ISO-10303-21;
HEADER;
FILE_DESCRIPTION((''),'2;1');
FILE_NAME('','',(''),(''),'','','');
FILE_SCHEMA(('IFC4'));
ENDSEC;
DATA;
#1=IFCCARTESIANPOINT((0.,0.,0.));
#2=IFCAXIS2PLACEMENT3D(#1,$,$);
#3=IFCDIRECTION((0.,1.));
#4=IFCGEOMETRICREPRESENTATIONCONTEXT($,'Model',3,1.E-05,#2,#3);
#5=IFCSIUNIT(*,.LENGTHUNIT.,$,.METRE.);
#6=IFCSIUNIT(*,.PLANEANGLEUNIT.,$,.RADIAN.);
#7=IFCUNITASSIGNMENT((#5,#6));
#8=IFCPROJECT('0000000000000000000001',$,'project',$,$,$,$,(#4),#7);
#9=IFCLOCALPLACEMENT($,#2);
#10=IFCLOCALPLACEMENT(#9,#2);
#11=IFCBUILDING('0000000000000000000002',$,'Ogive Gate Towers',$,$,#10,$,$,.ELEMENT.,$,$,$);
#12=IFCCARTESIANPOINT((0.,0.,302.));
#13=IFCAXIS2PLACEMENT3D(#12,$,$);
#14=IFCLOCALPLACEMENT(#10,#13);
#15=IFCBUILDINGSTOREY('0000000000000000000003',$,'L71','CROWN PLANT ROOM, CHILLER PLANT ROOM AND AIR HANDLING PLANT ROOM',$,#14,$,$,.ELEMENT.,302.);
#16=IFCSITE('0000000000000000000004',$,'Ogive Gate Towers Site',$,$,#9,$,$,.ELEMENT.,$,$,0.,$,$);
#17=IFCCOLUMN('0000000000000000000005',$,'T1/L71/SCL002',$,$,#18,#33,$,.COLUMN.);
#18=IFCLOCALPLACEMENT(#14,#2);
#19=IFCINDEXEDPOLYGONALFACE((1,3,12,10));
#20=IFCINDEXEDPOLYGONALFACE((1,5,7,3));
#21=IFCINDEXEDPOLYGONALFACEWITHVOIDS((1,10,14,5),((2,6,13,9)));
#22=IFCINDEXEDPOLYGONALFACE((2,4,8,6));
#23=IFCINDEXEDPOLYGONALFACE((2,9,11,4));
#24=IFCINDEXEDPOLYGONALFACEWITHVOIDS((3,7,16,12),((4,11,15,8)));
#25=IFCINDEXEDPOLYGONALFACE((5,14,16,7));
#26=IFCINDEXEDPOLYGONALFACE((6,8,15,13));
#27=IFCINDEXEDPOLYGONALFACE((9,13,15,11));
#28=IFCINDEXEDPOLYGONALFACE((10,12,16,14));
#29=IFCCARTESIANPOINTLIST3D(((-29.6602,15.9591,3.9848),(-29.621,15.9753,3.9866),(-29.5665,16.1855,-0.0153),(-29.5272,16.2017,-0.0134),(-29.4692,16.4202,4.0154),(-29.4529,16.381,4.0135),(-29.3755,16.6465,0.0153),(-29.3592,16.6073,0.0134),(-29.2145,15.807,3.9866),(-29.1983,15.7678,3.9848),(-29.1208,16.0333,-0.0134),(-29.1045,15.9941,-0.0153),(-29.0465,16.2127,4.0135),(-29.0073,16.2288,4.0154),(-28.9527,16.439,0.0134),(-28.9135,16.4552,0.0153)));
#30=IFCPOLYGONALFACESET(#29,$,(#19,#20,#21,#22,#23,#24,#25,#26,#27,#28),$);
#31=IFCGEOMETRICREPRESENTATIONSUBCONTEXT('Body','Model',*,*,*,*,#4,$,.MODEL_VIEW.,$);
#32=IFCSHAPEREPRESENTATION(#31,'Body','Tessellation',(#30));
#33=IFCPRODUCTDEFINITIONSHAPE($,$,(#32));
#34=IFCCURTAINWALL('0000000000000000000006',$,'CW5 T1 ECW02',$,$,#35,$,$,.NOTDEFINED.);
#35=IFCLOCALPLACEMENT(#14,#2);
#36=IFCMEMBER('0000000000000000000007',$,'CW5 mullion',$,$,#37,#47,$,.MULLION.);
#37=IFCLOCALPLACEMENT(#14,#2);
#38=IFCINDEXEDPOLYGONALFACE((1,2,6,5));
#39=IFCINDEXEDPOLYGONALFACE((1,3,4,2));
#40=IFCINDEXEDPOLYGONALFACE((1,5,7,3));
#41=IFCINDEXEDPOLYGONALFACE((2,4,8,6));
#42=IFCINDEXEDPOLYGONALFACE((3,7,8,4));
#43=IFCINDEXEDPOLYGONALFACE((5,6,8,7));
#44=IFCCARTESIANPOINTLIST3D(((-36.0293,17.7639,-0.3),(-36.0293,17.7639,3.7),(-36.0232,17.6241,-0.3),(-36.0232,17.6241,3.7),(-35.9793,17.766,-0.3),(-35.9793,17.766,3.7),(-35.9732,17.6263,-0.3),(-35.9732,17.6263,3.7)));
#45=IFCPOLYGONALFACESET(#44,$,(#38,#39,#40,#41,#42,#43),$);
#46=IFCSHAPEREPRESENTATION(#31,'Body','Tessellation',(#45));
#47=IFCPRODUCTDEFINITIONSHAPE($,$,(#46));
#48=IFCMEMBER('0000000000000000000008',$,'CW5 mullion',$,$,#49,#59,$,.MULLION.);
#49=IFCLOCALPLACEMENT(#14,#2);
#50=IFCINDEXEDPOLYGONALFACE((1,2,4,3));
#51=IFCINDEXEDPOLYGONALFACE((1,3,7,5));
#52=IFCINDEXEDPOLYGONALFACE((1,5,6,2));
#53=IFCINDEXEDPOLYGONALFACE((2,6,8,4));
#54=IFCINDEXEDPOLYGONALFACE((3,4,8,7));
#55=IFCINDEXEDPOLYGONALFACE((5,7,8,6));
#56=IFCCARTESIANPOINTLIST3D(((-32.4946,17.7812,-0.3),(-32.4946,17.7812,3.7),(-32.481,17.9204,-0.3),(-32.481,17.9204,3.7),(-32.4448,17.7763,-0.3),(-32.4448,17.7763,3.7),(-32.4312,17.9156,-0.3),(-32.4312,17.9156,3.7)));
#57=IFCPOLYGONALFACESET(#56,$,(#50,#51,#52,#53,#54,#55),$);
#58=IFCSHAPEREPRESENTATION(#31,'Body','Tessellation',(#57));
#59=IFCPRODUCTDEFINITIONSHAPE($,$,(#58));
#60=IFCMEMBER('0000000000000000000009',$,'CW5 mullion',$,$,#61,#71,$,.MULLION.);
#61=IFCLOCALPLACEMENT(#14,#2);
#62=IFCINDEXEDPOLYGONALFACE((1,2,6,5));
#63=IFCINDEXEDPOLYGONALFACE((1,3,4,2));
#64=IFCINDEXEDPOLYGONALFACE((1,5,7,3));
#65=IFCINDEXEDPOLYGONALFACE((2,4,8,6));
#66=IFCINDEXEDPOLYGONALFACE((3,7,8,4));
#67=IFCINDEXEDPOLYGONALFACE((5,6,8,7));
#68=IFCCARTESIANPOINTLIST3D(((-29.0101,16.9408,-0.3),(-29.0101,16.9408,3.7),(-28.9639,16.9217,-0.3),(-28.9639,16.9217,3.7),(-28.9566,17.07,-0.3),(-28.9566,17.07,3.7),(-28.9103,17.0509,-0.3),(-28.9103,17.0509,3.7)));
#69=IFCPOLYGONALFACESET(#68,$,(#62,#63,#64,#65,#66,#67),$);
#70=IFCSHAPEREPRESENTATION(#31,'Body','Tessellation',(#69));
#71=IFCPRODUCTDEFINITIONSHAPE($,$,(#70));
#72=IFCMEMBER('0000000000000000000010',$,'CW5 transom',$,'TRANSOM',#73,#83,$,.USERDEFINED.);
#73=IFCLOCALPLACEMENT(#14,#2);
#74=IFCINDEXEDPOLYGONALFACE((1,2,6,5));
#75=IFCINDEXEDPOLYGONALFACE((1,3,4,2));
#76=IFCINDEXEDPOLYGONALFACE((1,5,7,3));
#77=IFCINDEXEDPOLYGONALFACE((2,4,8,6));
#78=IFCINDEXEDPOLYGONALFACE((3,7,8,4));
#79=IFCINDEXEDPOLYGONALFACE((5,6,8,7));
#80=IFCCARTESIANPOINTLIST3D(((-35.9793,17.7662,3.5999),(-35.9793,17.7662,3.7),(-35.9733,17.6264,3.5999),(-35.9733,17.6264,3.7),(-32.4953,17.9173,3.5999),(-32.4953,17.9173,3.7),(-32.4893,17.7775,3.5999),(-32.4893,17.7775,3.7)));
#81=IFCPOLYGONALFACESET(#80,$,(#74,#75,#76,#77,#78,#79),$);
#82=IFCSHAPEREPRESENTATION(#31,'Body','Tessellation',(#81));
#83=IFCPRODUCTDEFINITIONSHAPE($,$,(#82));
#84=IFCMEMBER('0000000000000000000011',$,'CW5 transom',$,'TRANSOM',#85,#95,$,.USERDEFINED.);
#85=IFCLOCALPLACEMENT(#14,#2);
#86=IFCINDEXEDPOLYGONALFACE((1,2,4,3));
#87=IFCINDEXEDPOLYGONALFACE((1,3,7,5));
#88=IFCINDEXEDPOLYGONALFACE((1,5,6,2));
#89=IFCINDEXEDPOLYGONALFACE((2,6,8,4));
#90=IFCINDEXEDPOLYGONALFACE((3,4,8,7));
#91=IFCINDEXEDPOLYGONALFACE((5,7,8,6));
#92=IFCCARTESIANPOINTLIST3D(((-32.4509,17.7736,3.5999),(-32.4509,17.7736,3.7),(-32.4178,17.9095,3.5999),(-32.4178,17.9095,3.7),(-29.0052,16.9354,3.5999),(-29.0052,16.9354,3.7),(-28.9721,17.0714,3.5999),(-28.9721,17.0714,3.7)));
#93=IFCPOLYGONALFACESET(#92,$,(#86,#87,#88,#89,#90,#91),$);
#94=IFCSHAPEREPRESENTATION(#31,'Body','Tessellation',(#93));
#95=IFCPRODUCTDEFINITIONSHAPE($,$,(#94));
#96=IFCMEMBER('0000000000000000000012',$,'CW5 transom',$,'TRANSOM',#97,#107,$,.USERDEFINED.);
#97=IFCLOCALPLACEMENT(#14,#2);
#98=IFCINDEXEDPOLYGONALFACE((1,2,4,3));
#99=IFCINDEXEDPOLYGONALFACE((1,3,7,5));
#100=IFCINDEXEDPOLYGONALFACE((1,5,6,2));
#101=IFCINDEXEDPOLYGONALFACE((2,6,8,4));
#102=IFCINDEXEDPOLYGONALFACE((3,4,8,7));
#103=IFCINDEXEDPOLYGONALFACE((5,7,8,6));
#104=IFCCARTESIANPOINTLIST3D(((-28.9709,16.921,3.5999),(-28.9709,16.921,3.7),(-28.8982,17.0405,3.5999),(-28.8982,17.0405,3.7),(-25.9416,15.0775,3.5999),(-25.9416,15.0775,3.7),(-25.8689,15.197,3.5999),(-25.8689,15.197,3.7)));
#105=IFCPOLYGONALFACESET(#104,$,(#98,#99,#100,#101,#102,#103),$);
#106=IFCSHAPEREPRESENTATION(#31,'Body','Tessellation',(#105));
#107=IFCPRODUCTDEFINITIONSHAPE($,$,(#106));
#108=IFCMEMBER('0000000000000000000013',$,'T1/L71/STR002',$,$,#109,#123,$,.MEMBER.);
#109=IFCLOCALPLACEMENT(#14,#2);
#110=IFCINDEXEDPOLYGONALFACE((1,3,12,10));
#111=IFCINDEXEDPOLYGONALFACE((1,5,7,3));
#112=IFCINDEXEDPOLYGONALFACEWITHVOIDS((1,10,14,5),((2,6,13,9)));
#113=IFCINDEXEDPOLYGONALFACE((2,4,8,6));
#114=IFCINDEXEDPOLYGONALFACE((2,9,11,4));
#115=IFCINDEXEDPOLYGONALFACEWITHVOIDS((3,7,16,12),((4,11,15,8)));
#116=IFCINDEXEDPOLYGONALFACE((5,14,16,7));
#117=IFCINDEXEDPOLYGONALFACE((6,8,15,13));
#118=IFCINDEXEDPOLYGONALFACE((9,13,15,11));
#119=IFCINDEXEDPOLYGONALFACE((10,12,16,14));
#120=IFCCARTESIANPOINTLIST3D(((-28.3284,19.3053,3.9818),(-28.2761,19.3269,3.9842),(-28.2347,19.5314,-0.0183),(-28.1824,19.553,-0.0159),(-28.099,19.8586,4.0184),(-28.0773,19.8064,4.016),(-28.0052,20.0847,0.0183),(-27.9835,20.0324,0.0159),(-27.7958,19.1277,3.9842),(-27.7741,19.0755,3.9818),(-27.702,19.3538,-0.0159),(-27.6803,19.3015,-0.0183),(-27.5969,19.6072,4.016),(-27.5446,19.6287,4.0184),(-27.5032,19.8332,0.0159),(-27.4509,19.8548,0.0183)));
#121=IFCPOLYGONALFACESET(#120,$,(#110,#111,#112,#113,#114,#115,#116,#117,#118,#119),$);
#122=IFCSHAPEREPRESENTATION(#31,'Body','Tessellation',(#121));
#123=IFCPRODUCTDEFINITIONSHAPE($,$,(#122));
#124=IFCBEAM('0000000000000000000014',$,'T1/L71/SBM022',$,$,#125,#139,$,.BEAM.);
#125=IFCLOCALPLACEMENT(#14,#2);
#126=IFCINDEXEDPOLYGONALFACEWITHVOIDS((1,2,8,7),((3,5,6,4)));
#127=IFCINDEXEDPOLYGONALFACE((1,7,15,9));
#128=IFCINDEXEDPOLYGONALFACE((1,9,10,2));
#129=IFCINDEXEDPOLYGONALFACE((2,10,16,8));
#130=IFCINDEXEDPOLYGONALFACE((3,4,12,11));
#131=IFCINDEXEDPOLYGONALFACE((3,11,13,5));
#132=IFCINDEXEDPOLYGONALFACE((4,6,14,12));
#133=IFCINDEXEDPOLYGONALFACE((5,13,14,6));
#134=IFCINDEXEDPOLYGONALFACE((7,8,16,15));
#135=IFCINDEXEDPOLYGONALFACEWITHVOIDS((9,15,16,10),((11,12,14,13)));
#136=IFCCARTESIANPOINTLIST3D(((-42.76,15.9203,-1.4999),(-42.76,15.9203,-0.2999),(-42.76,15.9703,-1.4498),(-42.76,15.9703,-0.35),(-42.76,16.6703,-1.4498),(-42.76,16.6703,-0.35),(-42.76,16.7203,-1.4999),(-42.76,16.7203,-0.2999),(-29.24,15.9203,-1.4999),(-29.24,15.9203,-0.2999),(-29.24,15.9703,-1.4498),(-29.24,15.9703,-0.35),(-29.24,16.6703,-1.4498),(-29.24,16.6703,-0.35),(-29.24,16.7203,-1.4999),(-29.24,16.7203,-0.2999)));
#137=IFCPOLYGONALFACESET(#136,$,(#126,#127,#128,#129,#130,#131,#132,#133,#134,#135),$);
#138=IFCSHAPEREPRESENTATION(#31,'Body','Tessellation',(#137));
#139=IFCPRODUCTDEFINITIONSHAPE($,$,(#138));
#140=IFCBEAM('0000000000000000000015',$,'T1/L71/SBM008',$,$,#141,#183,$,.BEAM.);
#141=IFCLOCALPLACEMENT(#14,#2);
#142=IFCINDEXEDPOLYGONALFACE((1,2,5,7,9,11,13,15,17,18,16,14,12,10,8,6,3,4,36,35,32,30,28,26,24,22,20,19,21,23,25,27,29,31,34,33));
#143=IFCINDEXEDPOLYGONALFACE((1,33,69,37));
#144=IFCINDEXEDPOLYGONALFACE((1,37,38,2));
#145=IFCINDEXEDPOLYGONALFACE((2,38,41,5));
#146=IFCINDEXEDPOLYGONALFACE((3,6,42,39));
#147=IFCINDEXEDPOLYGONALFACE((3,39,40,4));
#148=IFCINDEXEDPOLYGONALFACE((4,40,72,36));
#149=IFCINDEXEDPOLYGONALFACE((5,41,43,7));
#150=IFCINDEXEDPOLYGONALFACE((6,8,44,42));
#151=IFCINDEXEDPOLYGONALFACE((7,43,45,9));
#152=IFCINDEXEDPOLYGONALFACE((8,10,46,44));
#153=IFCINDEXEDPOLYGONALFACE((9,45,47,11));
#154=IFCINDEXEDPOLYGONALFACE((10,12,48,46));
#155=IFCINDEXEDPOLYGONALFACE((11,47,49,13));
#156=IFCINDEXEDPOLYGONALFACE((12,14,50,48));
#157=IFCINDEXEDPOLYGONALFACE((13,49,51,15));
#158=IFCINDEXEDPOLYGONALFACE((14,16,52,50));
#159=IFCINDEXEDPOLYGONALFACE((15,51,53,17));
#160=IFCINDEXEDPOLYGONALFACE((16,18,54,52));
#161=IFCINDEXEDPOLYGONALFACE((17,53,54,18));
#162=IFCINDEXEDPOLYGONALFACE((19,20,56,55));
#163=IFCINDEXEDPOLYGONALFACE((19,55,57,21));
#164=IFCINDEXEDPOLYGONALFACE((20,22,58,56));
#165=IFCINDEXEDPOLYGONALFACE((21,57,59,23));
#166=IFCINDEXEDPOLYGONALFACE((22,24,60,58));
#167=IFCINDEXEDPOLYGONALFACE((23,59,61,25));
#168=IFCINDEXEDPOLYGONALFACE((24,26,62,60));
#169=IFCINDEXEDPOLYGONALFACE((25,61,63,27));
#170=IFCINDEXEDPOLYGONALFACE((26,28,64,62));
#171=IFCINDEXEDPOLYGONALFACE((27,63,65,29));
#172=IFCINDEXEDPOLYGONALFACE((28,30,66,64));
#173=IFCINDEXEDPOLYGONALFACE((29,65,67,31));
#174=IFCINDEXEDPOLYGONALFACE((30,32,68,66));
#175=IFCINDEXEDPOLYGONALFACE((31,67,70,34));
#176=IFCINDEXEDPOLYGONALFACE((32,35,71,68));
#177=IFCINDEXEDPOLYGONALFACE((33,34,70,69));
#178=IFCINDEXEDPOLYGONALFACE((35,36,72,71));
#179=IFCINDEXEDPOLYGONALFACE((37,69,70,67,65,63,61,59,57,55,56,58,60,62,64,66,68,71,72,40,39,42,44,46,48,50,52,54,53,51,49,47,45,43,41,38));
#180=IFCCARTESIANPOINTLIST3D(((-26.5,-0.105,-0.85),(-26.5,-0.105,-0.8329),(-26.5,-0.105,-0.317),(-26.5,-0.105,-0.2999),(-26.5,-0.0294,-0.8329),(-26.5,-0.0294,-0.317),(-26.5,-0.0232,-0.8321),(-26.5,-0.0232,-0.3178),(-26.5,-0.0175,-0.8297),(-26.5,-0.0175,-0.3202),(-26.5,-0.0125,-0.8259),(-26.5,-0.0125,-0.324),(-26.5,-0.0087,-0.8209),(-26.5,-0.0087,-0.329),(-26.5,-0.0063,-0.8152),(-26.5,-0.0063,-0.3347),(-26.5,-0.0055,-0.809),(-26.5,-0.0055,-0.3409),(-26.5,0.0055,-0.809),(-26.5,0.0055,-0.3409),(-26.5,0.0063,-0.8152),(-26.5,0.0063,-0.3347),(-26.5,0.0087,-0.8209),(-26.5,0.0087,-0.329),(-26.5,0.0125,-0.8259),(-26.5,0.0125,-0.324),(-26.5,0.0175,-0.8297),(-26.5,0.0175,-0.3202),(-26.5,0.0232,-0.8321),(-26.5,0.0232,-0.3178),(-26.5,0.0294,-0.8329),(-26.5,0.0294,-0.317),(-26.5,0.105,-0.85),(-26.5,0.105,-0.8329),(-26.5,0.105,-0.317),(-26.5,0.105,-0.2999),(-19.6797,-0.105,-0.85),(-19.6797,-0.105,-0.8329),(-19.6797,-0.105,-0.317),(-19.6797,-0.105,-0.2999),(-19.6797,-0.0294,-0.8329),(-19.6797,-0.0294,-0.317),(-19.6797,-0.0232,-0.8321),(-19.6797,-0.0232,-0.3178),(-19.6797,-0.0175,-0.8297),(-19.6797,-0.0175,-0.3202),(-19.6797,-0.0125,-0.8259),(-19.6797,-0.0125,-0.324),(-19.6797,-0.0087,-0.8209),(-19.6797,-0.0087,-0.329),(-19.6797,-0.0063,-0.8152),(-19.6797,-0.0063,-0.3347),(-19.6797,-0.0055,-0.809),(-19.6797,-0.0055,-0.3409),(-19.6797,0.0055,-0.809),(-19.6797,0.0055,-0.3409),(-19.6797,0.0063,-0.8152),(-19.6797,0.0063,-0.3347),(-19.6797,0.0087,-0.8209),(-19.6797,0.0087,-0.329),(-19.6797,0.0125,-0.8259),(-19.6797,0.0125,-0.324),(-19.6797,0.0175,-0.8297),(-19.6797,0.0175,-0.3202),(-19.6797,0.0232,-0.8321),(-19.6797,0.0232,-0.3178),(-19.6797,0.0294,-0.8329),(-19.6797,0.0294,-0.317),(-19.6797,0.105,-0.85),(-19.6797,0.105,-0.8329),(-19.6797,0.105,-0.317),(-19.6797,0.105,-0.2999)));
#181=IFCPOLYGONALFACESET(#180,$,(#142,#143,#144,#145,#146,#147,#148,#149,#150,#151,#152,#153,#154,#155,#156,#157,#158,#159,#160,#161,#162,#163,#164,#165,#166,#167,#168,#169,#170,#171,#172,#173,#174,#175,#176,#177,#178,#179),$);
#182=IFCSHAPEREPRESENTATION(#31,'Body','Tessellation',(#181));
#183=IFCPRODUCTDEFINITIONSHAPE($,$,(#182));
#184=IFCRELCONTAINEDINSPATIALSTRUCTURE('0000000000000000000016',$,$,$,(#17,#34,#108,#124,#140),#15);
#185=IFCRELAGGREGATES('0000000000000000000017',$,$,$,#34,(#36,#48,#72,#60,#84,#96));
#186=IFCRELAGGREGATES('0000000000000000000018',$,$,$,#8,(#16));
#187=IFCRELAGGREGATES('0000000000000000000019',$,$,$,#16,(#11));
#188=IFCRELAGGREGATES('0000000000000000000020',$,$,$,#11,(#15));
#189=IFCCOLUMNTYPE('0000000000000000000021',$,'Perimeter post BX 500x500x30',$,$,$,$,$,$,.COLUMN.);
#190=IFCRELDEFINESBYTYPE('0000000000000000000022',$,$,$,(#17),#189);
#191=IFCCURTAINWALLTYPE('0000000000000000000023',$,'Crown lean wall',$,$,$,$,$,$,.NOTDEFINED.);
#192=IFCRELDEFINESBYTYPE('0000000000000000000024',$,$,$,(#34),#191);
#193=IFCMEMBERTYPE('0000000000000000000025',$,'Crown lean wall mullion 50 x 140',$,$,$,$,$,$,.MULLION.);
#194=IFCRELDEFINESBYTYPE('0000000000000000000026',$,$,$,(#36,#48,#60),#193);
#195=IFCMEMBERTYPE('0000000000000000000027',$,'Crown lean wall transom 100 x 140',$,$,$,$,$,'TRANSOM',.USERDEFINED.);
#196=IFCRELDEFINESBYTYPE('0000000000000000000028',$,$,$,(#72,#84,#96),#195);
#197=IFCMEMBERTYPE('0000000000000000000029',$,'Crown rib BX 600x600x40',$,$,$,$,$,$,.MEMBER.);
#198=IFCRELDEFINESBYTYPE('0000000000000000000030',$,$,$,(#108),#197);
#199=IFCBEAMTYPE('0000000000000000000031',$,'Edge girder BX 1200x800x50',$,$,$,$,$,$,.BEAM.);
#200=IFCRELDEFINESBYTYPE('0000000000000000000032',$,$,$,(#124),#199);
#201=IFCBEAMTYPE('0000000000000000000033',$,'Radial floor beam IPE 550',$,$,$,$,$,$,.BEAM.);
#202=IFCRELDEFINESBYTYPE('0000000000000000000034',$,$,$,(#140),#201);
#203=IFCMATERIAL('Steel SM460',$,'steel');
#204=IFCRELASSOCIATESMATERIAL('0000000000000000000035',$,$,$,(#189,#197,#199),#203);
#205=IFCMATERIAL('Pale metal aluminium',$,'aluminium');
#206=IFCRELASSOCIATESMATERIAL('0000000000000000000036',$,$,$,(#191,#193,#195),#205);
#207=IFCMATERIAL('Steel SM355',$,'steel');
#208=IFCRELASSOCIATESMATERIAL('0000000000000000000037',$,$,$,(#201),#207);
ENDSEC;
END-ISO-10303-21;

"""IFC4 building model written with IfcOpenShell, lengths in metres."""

from ifc_helpers import new_model, si_unit, direction, frame, origin, origin_2d, place, context, subcontext, project, spatial, rectangle, hollow_rectangle, i_section, extrude, material, material_profile, profile_set, type_object, element, aggregate, save


model = new_model("IFC4")

# Units and contexts
model_context = context("Model", 3, precision=1e-05, world=origin(), true_north=direction((0.0, 1.0)))
body_context = subcontext(model_context, "Body", "Model", "MODEL_VIEW")
ifc_project = project(units=[si_unit("LENGTHUNIT", "METRE"), si_unit("PLANEANGLEUNIT", "RADIAN")], contexts=[model_context])

# Site, building, storey
site_placement = place(None, origin())
site = spatial("IfcSite", under=ifc_project, at=site_placement, Name="Ogive Gate Towers Site", CompositionType="ELEMENT", RefElevation=0.0)
building_placement = place(site_placement, origin())
building = spatial("IfcBuilding", under=site, at=building_placement, Name="Ogive Gate Towers", CompositionType="ELEMENT")
storey_placement = place(building_placement, frame((0.0, 0.0, 302.0)))
storey = spatial("IfcBuildingStorey", under=building, at=storey_placement, Name="L71", Description="CROWN PLANT ROOM, CHILLER PLANT ROOM AND AIR HANDLING PLANT ROOM", CompositionType="ELEMENT", Elevation=302.0)

# Column
ifc_material_1 = material(Name="Steel SM460", Category="steel")
ifc_material_profile_1 = material_profile(ifc_material_1, hollow_rectangle(XDim=0.5, YDim=0.5, WallThickness=0.03, at=origin_2d()), Name="BX 500x500x30")
ifc_profile_set_1 = profile_set([ifc_material_profile_1], Name="Steel SM460")
column_type = type_object("IfcColumnType", Name="Perimeter post BX 500x500x30", PredefinedType="COLUMN", material=ifc_profile_set_1)
column_placement = place(storey_placement, frame((-29.24, 16.3203, 0.0), z_axis=(-0.023394, -0.056474, 0.99813), x_axis=(0.923871, -0.382704, 0.0)))
element("IfcColumn", 1, at=column_placement, inside=storey, type_object=column_type, Name="T1/L71/SCL002", PredefinedType="COLUMN", context=body_context, shape_type="SweptSolid", body=[
    extrude(hollow_rectangle(XDim=0.5, YDim=0.5, WallThickness=0.03, at=origin_2d()), origin(), (0.0, 0.0, 1.0), 4.0076),
])

# Curtain wall, members
ifc_material_2 = material(Name="Pale metal aluminium", Category="aluminium")
curtain_wall_type = type_object("IfcCurtainWallType", Name="Crown lean wall", PredefinedType="NOTDEFINED", material=ifc_material_2)
curtain_wall_placement = place(storey_placement, origin())
curtain_wall = element("IfcCurtainWall", 2, at=curtain_wall_placement, inside=storey, type_object=curtain_wall_type, Name="CW5 T1 ECW02", PredefinedType="NOTDEFINED")
ifc_material_profile_2 = material_profile(ifc_material_2, rectangle(XDim=0.1399, YDim=0.05, at=origin_2d()), Name="50 x 140 aluminium box")
ifc_profile_set_2 = profile_set([ifc_material_profile_2], Name="Pale metal aluminium")
member_type_1 = type_object("IfcMemberType", Name="Crown lean wall mullion 50 x 140", PredefinedType="MULLION", material=ifc_profile_set_2)
member_1_placement = place(storey_placement, frame((-36.0012, 17.6951, -0.3), z_axis=(0.0, 0.0, 1.0), x_axis=(0.04334, -0.99906, 0.0)))
member_1 = element("IfcMember", 3, at=member_1_placement, type_object=member_type_1, Name="CW5 mullion", PredefinedType="MULLION", context=body_context, shape_type="SweptSolid", body=[
    extrude(rectangle(XDim=0.1399, YDim=0.05, at=origin_2d()), origin(), (0.0, 0.0, 1.0), 4.0),
])
member_2_placement = place(storey_placement, frame((-32.4629, 17.8484, -0.3), z_axis=(0.0, 0.0, 1.0), x_axis=(-0.097513, -0.995234, 0.0)))
member_2 = element("IfcMember", 4, at=member_2_placement, type_object=member_type_1, Name="CW5 mullion", PredefinedType="MULLION", context=body_context, shape_type="SweptSolid", body=[
    extrude(rectangle(XDim=0.1399, YDim=0.05, at=origin_2d()), origin(), (0.0, 0.0, 1.0), 4.0),
])
member_3_placement = place(storey_placement, frame((-28.9602, 16.9958, -0.3), z_axis=(0.0, 0.0, 1.0), x_axis=(-0.382683, -0.92388, 0.0)))
member_3 = element("IfcMember", 5, at=member_3_placement, type_object=member_type_1, Name="CW5 mullion", PredefinedType="MULLION", context=body_context, shape_type="SweptSolid", body=[
    extrude(rectangle(XDim=0.1399, YDim=0.05, at=origin_2d()), origin(), (0.0, 0.0, 1.0), 4.0),
])
ifc_material_profile_3 = material_profile(ifc_material_2, rectangle(XDim=0.1399, YDim=0.1001, at=origin_2d()), Name="100 x 140 aluminium box")
ifc_profile_set_3 = profile_set([ifc_material_profile_3], Name="Pale metal aluminium")
member_type_2 = type_object("IfcMemberType", Name="Crown lean wall transom 100 x 140", ElementType="TRANSOM", PredefinedType="USERDEFINED", material=ifc_profile_set_3)
member_4_placement = place(storey_placement, frame((-35.9763, 17.6963, 3.6499), z_axis=(0.999061, 0.043334, 0.0), x_axis=(-0.043334, 0.999061, 0.0)))
member_4 = element("IfcMember", 6, at=member_4_placement, type_object=member_type_2, Name="CW5 transom", ObjectType="TRANSOM", PredefinedType="USERDEFINED", context=body_context, shape_type="SweptSolid", body=[
    extrude(rectangle(XDim=0.1399, YDim=0.1001, at=origin_2d()), origin(), (0.0, 0.0, 1.0), 3.4873),
])
member_5_placement = place(storey_placement, frame((-32.4343, 17.8416, 3.6499), z_axis=(0.971666, -0.236359, 0.0), x_axis=(0.236359, 0.971666, 0.0)))
member_5 = element("IfcMember", 7, at=member_5_placement, type_object=member_type_2, Name="CW5 transom", ObjectType="TRANSOM", PredefinedType="USERDEFINED", context=body_context, shape_type="SweptSolid", body=[
    extrude(rectangle(XDim=0.1399, YDim=0.1001, at=origin_2d()), origin(), (0.0, 0.0, 1.0), 3.5461),
])
member_6_placement = place(storey_placement, frame((-28.9346, 16.9807, 3.6499), z_axis=(0.85425, -0.519862, 0.0), x_axis=(0.519862, 0.85425, 0.0)))
member_6 = element("IfcMember", 8, at=member_6_placement, type_object=member_type_2, Name="CW5 transom", ObjectType="TRANSOM", PredefinedType="USERDEFINED", context=body_context, shape_type="SweptSolid", body=[
    extrude(rectangle(XDim=0.1399, YDim=0.1001, at=origin_2d()), origin(), (0.0, 0.0, 1.0), 3.5461),
])

# Member
ifc_material_profile_4 = material_profile(ifc_material_1, hollow_rectangle(XDim=0.6001, YDim=0.6001, WallThickness=0.04, at=origin_2d()), Name="BX 600x600x40")
ifc_profile_set_4 = profile_set([ifc_material_profile_4], Name="Steel SM460")
member_type_3 = type_object("IfcMemberType", Name="Crown rib BX 600x600x40", PredefinedType="MEMBER", material=ifc_profile_set_4)
member_7_placement = place(storey_placement, frame((-27.8428, 19.6931, 0.0), z_axis=(-0.023394, -0.056413, 0.998133), x_axis=(0.923725, -0.383057, 0.0)))
element("IfcMember", 9, at=member_7_placement, inside=storey, type_object=member_type_3, Name="T1/L71/STR002", PredefinedType="MEMBER", context=body_context, shape_type="SweptSolid", body=[
    extrude(hollow_rectangle(XDim=0.6001, YDim=0.6001, WallThickness=0.04, at=origin_2d()), origin(), (0.0, 0.0, 1.0), 4.0076),
])

# Beams
ifc_material_profile_5 = material_profile(ifc_material_1, hollow_rectangle(XDim=0.8, YDim=1.2, WallThickness=0.05, at=origin_2d()), Name="BX 1200x800x50")
ifc_profile_set_5 = profile_set([ifc_material_profile_5], Name="Steel SM460")
beam_type_1 = type_object("IfcBeamType", Name="Edge girder BX 1200x800x50", PredefinedType="BEAM", material=ifc_profile_set_5)
beam_1_placement = place(storey_placement, frame((-29.24, 16.3203, -0.8999), z_axis=(-1.0, 0.0, 0.0), x_axis=(0.0, -1.0, 0.0)))
element("IfcBeam", 10, at=beam_1_placement, inside=storey, type_object=beam_type_1, Name="T1/L71/SBM022", PredefinedType="BEAM", context=body_context, shape_type="SweptSolid", body=[
    extrude(hollow_rectangle(XDim=0.8, YDim=1.2, WallThickness=0.05, at=origin_2d()), origin(), (0.0, 0.0, 1.0), 13.52),
])
ifc_material_3 = material(Name="Steel SM355", Category="steel")
ifc_material_profile_6 = material_profile(ifc_material_3, i_section(OverallWidth=0.21, OverallDepth=0.55, WebThickness=0.011, FlangeThickness=0.0171, FilletRadius=0.0239, at=origin_2d()), Name="IPE 550")
ifc_profile_set_6 = profile_set([ifc_material_profile_6], Name="Steel SM355")
beam_type_2 = type_object("IfcBeamType", Name="Radial floor beam IPE 550", PredefinedType="BEAM", material=ifc_profile_set_6)
beam_2_placement = place(storey_placement, frame((-26.5, 0.0, -0.575), z_axis=(1.0, 0.0, 0.0), x_axis=(0.0, 1.0, 0.0)))
element("IfcBeam", 11, at=beam_2_placement, inside=storey, type_object=beam_type_2, Name="T1/L71/SBM008", PredefinedType="BEAM", context=body_context, shape_type="SweptSolid", body=[
    extrude(i_section(OverallWidth=0.21, OverallDepth=0.55, WebThickness=0.011, FlangeThickness=0.0171, FilletRadius=0.0239, at=origin_2d()), origin(), (0.0, 0.0, 1.0), 6.8203),
])

aggregate(curtain_wall, [member_1, member_2, member_4, member_3, member_5, member_6])

save(model, "model.ifc")
